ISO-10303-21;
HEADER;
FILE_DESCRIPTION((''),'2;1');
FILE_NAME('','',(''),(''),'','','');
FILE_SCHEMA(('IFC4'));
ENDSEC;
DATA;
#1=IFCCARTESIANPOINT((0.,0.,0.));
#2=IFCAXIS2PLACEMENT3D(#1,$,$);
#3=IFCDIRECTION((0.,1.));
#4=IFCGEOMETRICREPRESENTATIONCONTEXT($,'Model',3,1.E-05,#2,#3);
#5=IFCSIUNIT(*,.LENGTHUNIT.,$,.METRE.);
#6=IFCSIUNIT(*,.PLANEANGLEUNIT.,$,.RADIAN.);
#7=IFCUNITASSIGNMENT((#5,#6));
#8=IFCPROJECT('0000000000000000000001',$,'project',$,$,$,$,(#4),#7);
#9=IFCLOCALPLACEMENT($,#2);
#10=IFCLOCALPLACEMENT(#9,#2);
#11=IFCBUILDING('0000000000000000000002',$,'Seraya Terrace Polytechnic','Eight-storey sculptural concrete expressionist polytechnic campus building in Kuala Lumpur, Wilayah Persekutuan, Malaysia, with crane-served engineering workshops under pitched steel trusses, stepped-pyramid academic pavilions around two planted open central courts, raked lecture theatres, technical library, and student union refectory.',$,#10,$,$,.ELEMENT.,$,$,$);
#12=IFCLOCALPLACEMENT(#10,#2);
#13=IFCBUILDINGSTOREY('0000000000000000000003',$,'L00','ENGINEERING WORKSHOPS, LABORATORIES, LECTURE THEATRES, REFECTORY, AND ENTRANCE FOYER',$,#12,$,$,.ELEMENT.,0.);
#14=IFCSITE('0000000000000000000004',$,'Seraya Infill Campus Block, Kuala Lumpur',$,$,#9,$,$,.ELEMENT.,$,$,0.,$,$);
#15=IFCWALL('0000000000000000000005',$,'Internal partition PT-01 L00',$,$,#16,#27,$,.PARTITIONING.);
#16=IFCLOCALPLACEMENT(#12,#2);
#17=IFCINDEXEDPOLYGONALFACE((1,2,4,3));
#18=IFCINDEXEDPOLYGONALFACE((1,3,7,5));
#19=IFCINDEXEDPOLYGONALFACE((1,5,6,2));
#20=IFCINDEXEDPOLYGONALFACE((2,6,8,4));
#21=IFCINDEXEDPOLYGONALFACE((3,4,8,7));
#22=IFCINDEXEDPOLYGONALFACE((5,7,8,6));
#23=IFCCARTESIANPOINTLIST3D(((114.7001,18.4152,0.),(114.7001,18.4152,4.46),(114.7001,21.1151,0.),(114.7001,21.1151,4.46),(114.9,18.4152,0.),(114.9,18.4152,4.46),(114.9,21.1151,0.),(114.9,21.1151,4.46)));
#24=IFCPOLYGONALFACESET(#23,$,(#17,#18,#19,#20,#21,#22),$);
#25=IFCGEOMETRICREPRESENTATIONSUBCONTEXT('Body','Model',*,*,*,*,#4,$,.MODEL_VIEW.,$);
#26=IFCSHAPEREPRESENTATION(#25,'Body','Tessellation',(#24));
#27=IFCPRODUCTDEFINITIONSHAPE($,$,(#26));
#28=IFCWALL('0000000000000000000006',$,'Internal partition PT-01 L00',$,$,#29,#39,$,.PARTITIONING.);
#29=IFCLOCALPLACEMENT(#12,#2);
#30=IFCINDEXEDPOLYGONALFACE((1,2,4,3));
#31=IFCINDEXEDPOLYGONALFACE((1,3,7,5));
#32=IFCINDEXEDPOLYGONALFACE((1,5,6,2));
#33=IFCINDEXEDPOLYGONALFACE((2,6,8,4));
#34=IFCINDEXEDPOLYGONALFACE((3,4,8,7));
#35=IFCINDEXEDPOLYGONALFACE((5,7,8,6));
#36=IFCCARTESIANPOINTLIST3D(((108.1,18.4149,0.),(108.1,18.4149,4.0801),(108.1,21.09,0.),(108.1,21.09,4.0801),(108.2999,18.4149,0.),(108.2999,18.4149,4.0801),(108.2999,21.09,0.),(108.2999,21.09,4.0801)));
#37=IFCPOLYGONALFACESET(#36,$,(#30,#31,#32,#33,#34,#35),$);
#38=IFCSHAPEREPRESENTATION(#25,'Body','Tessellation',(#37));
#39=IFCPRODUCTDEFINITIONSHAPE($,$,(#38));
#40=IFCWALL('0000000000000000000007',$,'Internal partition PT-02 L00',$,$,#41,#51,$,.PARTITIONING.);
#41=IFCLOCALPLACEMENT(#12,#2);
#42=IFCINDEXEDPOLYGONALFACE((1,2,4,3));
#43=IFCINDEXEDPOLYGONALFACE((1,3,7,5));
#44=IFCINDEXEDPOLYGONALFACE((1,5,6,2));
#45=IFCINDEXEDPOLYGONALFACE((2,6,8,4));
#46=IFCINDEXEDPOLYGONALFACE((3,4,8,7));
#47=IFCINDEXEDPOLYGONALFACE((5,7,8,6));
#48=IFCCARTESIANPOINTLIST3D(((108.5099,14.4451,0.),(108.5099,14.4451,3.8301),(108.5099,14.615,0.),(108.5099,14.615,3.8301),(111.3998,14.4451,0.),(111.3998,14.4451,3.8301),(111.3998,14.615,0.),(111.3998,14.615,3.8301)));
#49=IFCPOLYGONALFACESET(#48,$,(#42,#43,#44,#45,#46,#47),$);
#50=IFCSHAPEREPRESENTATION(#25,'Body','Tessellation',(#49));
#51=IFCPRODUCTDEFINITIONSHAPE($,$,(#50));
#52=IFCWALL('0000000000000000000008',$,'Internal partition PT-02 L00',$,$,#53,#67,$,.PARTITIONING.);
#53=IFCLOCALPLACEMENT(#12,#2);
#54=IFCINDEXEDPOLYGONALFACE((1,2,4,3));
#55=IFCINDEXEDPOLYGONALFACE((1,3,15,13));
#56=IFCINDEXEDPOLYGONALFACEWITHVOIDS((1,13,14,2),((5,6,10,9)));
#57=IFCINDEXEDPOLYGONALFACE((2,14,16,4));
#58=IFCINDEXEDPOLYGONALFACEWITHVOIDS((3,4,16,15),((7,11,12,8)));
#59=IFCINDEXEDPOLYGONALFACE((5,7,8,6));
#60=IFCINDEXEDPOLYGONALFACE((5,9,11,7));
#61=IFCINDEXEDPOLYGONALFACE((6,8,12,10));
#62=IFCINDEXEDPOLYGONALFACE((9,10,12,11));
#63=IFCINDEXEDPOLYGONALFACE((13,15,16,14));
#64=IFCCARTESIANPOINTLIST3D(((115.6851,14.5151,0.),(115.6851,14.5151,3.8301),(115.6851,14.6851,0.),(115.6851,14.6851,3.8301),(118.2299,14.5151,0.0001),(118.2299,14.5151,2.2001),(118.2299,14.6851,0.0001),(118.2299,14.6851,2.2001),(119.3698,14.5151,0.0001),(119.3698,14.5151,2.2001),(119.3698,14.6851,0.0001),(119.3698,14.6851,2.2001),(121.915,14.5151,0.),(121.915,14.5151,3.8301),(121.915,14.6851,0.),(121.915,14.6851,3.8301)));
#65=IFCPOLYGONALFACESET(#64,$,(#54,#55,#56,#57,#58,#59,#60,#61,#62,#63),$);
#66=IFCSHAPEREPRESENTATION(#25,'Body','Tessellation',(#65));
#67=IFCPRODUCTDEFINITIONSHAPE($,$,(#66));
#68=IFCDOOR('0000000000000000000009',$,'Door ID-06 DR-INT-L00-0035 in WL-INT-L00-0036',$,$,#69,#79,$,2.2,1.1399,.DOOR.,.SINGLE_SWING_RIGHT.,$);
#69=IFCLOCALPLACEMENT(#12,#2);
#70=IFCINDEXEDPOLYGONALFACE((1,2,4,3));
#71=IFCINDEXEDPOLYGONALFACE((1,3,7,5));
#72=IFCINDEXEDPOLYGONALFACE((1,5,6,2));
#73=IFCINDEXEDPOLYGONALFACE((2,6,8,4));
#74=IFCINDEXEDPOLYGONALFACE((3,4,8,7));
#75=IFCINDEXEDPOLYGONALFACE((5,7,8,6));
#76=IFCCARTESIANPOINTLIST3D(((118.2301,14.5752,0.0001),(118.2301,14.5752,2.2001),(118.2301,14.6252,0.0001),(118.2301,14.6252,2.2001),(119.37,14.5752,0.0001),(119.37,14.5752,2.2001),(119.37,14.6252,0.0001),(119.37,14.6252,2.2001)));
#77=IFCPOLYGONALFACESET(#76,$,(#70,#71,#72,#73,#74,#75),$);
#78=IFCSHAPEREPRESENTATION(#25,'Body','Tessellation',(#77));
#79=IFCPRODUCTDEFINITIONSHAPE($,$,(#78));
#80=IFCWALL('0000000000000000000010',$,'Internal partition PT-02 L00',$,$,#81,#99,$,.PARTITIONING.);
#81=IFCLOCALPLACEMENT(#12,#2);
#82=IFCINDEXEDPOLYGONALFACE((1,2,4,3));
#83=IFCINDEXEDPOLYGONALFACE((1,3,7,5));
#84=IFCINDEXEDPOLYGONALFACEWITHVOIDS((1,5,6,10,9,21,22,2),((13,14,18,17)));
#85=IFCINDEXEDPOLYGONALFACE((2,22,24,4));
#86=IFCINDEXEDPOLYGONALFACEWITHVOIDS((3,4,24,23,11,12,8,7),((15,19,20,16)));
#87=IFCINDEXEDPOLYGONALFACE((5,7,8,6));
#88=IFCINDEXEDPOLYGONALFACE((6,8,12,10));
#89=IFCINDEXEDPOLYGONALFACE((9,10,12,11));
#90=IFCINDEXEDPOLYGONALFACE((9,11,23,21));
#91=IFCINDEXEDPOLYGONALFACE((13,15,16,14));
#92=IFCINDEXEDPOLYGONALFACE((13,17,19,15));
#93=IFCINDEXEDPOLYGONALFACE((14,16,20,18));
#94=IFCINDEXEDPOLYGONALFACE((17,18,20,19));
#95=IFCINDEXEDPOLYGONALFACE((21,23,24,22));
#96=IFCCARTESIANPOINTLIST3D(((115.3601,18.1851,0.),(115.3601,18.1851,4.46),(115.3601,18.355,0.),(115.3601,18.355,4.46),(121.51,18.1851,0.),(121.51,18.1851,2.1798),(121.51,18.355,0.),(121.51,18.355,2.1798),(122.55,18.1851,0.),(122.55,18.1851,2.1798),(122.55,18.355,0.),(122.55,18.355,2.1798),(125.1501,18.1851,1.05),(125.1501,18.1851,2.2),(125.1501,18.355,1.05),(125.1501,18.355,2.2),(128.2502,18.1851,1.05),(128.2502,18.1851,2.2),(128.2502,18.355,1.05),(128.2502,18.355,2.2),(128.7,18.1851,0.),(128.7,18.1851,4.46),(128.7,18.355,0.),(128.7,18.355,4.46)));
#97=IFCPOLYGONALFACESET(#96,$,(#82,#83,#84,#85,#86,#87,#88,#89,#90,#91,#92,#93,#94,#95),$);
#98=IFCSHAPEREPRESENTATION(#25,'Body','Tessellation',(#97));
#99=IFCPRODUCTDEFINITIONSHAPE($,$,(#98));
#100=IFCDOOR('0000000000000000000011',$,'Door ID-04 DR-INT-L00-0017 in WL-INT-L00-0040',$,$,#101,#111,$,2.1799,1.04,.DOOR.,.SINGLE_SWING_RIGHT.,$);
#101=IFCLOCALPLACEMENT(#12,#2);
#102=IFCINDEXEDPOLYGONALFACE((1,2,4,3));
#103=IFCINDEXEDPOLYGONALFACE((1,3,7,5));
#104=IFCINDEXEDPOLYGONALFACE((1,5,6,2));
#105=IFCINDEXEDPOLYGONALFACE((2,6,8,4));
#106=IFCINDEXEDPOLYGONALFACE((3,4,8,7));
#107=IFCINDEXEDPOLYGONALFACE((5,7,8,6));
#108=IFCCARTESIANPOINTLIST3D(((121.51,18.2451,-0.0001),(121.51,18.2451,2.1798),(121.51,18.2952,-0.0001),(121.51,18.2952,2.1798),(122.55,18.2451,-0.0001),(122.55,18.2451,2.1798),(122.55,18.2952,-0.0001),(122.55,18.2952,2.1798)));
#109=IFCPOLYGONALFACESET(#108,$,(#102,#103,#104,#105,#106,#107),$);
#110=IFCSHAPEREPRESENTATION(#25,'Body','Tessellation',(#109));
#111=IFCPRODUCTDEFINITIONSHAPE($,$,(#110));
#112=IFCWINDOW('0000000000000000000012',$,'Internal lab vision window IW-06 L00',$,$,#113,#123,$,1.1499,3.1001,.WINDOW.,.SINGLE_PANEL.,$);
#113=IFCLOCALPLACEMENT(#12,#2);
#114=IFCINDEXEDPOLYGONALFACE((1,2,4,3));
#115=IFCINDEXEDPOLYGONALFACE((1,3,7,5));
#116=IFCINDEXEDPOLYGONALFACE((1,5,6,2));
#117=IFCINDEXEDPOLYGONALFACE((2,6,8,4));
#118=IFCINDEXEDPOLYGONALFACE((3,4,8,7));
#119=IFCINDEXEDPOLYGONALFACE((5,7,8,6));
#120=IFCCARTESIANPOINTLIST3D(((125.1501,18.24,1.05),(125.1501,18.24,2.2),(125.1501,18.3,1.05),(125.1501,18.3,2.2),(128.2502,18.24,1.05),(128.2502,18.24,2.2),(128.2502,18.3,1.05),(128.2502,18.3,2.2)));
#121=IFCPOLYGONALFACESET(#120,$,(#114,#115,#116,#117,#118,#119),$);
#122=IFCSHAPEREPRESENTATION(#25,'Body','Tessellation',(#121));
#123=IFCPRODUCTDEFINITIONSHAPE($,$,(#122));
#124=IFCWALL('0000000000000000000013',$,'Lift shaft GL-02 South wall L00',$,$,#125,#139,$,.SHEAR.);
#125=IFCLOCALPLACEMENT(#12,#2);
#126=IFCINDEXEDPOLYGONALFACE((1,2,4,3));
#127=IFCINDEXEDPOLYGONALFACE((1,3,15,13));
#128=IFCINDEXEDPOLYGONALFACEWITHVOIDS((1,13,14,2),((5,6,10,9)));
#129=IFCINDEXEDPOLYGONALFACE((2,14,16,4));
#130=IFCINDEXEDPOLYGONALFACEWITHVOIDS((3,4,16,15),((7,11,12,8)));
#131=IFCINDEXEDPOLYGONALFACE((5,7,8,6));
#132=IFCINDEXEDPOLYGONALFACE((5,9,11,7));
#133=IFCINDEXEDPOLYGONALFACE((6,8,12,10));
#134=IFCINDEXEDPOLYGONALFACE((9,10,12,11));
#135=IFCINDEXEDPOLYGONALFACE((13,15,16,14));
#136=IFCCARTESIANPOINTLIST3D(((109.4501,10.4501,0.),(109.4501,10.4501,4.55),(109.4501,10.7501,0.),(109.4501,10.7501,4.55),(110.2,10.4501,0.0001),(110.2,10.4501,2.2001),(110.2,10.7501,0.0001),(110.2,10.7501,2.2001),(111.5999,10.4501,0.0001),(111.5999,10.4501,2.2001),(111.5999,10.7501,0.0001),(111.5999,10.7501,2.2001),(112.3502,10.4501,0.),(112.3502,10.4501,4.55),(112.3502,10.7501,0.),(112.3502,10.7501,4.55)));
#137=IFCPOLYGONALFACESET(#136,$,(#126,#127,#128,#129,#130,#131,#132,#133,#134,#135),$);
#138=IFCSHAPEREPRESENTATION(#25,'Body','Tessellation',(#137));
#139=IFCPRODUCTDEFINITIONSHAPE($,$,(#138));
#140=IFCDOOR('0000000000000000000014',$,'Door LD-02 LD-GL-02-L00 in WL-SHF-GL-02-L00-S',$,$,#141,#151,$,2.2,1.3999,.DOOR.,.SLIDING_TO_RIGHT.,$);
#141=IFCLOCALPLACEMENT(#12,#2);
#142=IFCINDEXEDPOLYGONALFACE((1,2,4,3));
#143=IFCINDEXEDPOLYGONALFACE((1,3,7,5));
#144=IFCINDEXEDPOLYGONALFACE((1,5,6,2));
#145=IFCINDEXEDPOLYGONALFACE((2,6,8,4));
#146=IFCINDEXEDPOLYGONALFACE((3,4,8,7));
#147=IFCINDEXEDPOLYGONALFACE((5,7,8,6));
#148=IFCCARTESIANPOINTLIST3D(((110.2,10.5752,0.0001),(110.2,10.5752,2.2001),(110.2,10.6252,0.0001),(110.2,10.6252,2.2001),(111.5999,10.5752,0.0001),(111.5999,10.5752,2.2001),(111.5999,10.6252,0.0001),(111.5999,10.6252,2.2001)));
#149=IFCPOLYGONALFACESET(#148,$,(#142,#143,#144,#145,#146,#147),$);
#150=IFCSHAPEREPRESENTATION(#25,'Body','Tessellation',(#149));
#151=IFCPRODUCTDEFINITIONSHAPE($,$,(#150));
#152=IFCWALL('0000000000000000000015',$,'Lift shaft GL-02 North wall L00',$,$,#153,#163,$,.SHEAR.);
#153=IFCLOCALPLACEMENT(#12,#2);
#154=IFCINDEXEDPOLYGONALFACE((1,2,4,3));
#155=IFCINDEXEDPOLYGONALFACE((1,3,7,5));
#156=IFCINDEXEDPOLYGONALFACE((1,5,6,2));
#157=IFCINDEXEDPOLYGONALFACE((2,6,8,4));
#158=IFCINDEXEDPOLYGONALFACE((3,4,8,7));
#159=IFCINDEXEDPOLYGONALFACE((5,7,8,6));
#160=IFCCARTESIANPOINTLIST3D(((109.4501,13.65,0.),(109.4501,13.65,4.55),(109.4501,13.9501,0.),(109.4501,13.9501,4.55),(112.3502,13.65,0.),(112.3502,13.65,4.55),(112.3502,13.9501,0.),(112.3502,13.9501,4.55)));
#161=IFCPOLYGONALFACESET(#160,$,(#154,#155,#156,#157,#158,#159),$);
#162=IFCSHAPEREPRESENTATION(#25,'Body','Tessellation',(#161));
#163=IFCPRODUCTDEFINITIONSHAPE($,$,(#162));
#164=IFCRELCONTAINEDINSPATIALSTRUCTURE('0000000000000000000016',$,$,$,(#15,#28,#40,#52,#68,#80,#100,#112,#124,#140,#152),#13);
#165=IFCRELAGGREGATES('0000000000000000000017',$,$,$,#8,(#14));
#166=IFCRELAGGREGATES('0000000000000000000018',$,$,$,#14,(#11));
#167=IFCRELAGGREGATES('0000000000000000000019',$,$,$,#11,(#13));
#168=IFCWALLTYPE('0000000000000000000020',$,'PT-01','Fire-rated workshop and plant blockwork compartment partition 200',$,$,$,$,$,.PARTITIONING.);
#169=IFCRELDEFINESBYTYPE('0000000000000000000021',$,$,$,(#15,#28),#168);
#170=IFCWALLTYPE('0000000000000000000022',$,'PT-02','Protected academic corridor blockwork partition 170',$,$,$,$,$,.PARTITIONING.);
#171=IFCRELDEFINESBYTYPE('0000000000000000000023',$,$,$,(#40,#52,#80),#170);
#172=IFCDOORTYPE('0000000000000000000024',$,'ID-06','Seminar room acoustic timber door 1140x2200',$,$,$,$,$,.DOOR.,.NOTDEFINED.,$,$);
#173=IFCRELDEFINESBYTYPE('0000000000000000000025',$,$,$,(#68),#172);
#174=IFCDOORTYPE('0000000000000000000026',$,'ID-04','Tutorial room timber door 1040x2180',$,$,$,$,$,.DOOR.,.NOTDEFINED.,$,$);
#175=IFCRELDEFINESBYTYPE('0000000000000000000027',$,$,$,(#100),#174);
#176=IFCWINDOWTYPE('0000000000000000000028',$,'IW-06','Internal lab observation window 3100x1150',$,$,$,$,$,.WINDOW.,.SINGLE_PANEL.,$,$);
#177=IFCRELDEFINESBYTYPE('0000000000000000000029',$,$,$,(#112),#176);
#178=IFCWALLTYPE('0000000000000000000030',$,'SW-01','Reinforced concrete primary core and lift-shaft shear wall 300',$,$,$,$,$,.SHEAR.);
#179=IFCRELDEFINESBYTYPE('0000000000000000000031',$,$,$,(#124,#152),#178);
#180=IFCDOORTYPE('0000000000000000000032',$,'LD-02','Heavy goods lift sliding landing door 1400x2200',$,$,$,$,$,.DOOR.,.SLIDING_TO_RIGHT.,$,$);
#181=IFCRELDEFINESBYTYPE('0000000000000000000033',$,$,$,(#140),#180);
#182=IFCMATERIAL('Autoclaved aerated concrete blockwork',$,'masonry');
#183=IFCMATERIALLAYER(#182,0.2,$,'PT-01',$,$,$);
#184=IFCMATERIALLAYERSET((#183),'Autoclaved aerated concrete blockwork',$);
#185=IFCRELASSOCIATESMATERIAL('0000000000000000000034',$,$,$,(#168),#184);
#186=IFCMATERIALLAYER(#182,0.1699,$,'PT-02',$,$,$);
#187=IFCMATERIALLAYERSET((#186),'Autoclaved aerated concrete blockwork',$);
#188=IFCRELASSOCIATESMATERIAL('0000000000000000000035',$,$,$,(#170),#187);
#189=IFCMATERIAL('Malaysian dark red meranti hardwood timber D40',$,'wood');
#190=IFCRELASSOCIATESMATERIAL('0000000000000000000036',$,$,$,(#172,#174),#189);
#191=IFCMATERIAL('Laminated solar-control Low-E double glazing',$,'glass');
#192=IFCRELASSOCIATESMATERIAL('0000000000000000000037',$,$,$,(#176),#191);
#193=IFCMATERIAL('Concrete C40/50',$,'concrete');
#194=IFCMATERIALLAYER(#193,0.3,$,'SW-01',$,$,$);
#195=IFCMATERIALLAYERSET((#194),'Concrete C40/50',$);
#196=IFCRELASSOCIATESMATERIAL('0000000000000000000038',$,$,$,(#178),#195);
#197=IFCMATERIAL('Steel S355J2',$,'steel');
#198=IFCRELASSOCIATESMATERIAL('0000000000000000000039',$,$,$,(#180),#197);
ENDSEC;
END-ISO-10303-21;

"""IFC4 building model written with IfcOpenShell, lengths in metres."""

from ifc_helpers import new_model, si_unit, direction, frame, frame_2d, origin, place, context, subcontext, project, spatial, rectangle, extrude, material, layer, layer_set, type_object, element, fill, save


model = new_model("IFC4")

# Units and contexts
model_context = context("Model", 3, precision=1e-05, world=origin(), true_north=direction((0.0, 1.0)))
body_context = subcontext(model_context, "Body", "Model", "MODEL_VIEW")
ifc_project = project(units=[si_unit("LENGTHUNIT", "METRE"), si_unit("PLANEANGLEUNIT", "RADIAN")], contexts=[model_context])

# Site, building, storey
site_placement = place(None, origin())
site = spatial("IfcSite", under=ifc_project, at=site_placement, Name="Seraya Infill Campus Block, Kuala Lumpur", CompositionType="ELEMENT", RefElevation=0.0)
building_placement = place(site_placement, origin())
building = spatial("IfcBuilding", under=site, at=building_placement, Name="Seraya Terrace Polytechnic", Description="Eight-storey sculptural concrete expressionist polytechnic campus building in Kuala Lumpur, Wilayah Persekutuan, Malaysia, with crane-served engineering workshops under pitched steel trusses, stepped-pyramid academic pavilions around two planted open central courts, raked lecture theatres, technical library, and student union refectory.", CompositionType="ELEMENT")
storey_placement = place(building_placement, origin())
storey = spatial("IfcBuildingStorey", under=building, at=storey_placement, Name="L00", Description="ENGINEERING WORKSHOPS, LABORATORIES, LECTURE THEATRES, REFECTORY, AND ENTRANCE FOYER", CompositionType="ELEMENT", Elevation=0.0)

# Shared definitions
ifc_material_1 = material(Name="Concrete C40/50", Category="concrete")

# Shared definitions
ifc_material_2 = material(Name="Autoclaved aerated concrete blockwork", Category="masonry")
ifc_layer_1 = layer(ifc_material_2, 0.2, Name="PT-01")
ifc_layer_set_1 = layer_set([ifc_layer_1], Name="Autoclaved aerated concrete blockwork")
wall_type_1 = type_object("IfcWallType", Name="PT-01", Description="Fire-rated workshop and plant blockwork compartment partition 200", PredefinedType="PARTITIONING", material=ifc_layer_set_1)
ifc_material_3 = material(Name="Steel S355J2", Category="steel")

# Walls
wall_1_placement = place(storey_placement, frame((114.8, 18.415, 0.0), z_axis=(0.0, 0.0, 1.0), x_axis=(0.0, 1.0, 0.0)))
element("IfcWall", 1, at=wall_1_placement, inside=storey, type_object=wall_type_1, Name="Internal partition PT-01 L00", PredefinedType="PARTITIONING", context=body_context, shape_type="SweptSolid", body=[
    extrude(rectangle(XDim=2.7, YDim=0.2, at=frame_2d((1.3501, 0.0))), origin(), (0.0, 0.0, 1.0), 4.46),
])
wall_2_placement = place(storey_placement, frame((108.2, 18.415, 0.0), z_axis=(0.0, 0.0, 1.0), x_axis=(0.0, 1.0, 0.0)))
element("IfcWall", 2, at=wall_2_placement, inside=storey, type_object=wall_type_1, Name="Internal partition PT-01 L00", PredefinedType="PARTITIONING", context=body_context, shape_type="SweptSolid", body=[
    extrude(rectangle(XDim=2.675, YDim=0.2, at=frame_2d((1.3374, 0.0))), origin(), (0.0, 0.0, 1.0), 4.0801),
])
ifc_layer_2 = layer(ifc_material_2, 0.1699, Name="PT-02")
ifc_layer_set_2 = layer_set([ifc_layer_2], Name="Autoclaved aerated concrete blockwork")
wall_type_2 = type_object("IfcWallType", Name="PT-02", Description="Protected academic corridor blockwork partition 170", PredefinedType="PARTITIONING", material=ifc_layer_set_2)
wall_3_placement = place(storey_placement, frame((108.51, 14.53, 0.0), z_axis=(0.0, 0.0, 1.0), x_axis=(1.0, 0.0, 0.0)))
element("IfcWall", 3, at=wall_3_placement, inside=storey, type_object=wall_type_2, Name="Internal partition PT-02 L00", PredefinedType="PARTITIONING", context=body_context, shape_type="SweptSolid", body=[
    extrude(rectangle(XDim=2.8899, YDim=0.1699, at=frame_2d((1.4448, 0.0))), origin(), (0.0, 0.0, 1.0), 3.8301),
])

# Wall, opening, door
wall_4_placement = place(storey_placement, frame((115.6851, 14.6001, 0.0), z_axis=(0.0, 0.0, 1.0), x_axis=(1.0, 0.0, 0.0)))
wall_4 = element("IfcWall", 4, at=wall_4_placement, inside=storey, type_object=wall_type_2, Name="Internal partition PT-02 L00", PredefinedType="PARTITIONING", context=body_context, shape_type="SweptSolid", body=[
    extrude(rectangle(XDim=6.23, YDim=0.1699, at=frame_2d((3.115, 0.0))), origin(), (0.0, 0.0, 1.0), 3.8301),
])
opening_1_placement = place(wall_4_placement, frame((2.5449, 0.0, 0.0)))
opening_1 = element("IfcOpeningElement", 5, at=opening_1_placement, cuts=wall_4, PredefinedType="OPENING", context=body_context, shape_type="SweptSolid", body=[
    extrude(rectangle(XDim=1.1399, YDim=2.2, at=frame_2d((0.5698, 1.1001))), frame((0.0, 0.0969, 0.0), z_axis=(0.0, -1.0, 0.0), x_axis=(1.0, 0.0, 0.0)), (0.0, 0.0, 1.0), 0.1938),
])
ifc_material_4 = material(Name="Malaysian dark red meranti hardwood timber D40", Category="wood")
door_type_1 = type_object("IfcDoorType", Name="ID-06", Description="Seminar room acoustic timber door 1140x2200", OperationType="NOTDEFINED", PredefinedType="DOOR", material=ifc_material_4)
door_1_placement = place(opening_1_placement, frame((1.1399, 0.0, 0.0), z_axis=(0.0, 0.0, 1.0), x_axis=(-1.0, 0.0, 0.0)))
door_1 = element("IfcDoor", 6, at=door_1_placement, inside=storey, type_object=door_type_1, Name="Door ID-06 DR-INT-L00-0035 in WL-INT-L00-0036", OperationType="SINGLE_SWING_RIGHT", OverallHeight=2.2, OverallWidth=1.1399, PredefinedType="DOOR", context=body_context, shape_type="SweptSolid", body=[
    extrude(rectangle(XDim=1.1399, YDim=2.2, at=frame_2d((0.5698, 1.1001))), frame((0.0, 0.0249, 0.0), z_axis=(0.0, -1.0, 0.0), x_axis=(1.0, 0.0, 0.0)), (0.0, 0.0, 1.0), 0.05),
])
fill(opening_1, door_1)

# Wall, openings, door, window
wall_5_placement = place(storey_placement, frame((115.3601, 18.27, 0.0), z_axis=(0.0, 0.0, 1.0), x_axis=(1.0, 0.0, 0.0)))
wall_5 = element("IfcWall", 7, at=wall_5_placement, inside=storey, type_object=wall_type_2, Name="Internal partition PT-02 L00", PredefinedType="PARTITIONING", context=body_context, shape_type="SweptSolid", body=[
    extrude(rectangle(XDim=13.3398, YDim=0.1699, at=frame_2d((6.6699, 0.0))), origin(), (0.0, 0.0, 1.0), 4.46),
])
opening_2_placement = place(wall_5_placement, frame((6.1499, 0.0, 0.0)))
opening_2 = element("IfcOpeningElement", 8, at=opening_2_placement, cuts=wall_5, PredefinedType="OPENING", context=body_context, shape_type="SweptSolid", body=[
    extrude(rectangle(XDim=1.04, YDim=2.1799, at=frame_2d((0.52, 1.0898))), frame((0.0, 0.0969, 0.0), z_axis=(0.0, -1.0, 0.0), x_axis=(1.0, 0.0, 0.0)), (0.0, 0.0, 1.0), 0.1938),
])
opening_3_placement = place(wall_5_placement, frame((9.79, 0.0, 1.05)))
opening_3 = element("IfcOpeningElement", 9, at=opening_3_placement, cuts=wall_5, PredefinedType="OPENING", context=body_context, shape_type="SweptSolid", body=[
    extrude(rectangle(XDim=3.1001, YDim=1.1499, at=frame_2d((1.55, 0.575))), frame((0.0, 0.0969, 0.0), z_axis=(0.0, -1.0, 0.0), x_axis=(1.0, 0.0, 0.0)), (0.0, 0.0, 1.0), 0.1938),
])
door_type_2 = type_object("IfcDoorType", Name="ID-04", Description="Tutorial room timber door 1040x2180", OperationType="NOTDEFINED", PredefinedType="DOOR", material=ifc_material_4)
door_2_placement = place(opening_2_placement, frame((1.04, 0.0, 0.0), z_axis=(0.0, 0.0, 1.0), x_axis=(-1.0, 0.0, 0.0)))
door_2 = element("IfcDoor", 10, at=door_2_placement, inside=storey, type_object=door_type_2, Name="Door ID-04 DR-INT-L00-0017 in WL-INT-L00-0040", OperationType="SINGLE_SWING_RIGHT", OverallHeight=2.1799, OverallWidth=1.04, PredefinedType="DOOR", context=body_context, shape_type="SweptSolid", body=[
    extrude(rectangle(XDim=1.04, YDim=2.1799, at=frame_2d((0.52, 1.0898))), frame((0.0, 0.0249, 0.0), z_axis=(0.0, -1.0, 0.0), x_axis=(1.0, 0.0, 0.0)), (0.0, 0.0, 1.0), 0.05),
])
fill(opening_2, door_2)
ifc_material_5 = material(Name="Laminated solar-control Low-E double glazing", Category="glass")
window_type = type_object("IfcWindowType", Name="IW-06", Description="Internal lab observation window 3100x1150", PartitioningType="SINGLE_PANEL", PredefinedType="WINDOW", material=ifc_material_5)
window_placement = place(opening_3_placement, origin())
window = element("IfcWindow", 11, at=window_placement, inside=storey, type_object=window_type, Name="Internal lab vision window IW-06 L00", OverallHeight=1.1499, OverallWidth=3.1001, PartitioningType="SINGLE_PANEL", PredefinedType="WINDOW", context=body_context, shape_type="SweptSolid", body=[
    extrude(rectangle(XDim=3.1001, YDim=1.1499, at=frame_2d((1.55, 0.575))), frame((0.0, 0.03, 0.0), z_axis=(0.0, -1.0, 0.0), x_axis=(1.0, 0.0, 0.0)), (0.0, 0.0, 1.0), 0.0601),
])
fill(opening_3, window)

# Wall, opening, door
ifc_layer_3 = layer(ifc_material_1, 0.3, Name="SW-01")
ifc_layer_set_3 = layer_set([ifc_layer_3], Name="Concrete C40/50")
wall_type_3 = type_object("IfcWallType", Name="SW-01", Description="Reinforced concrete primary core and lift-shaft shear wall 300", PredefinedType="SHEAR", material=ifc_layer_set_3)
wall_6_placement = place(storey_placement, frame((109.45, 10.6001, 0.0), z_axis=(0.0, 0.0, 1.0), x_axis=(1.0, 0.0, 0.0)))
wall_6 = element("IfcWall", 12, at=wall_6_placement, inside=storey, type_object=wall_type_3, Name="Lift shaft GL-02 South wall L00", PredefinedType="SHEAR", context=body_context, shape_type="SweptSolid", body=[
    extrude(rectangle(XDim=2.9001, YDim=0.3, at=frame_2d((1.4502, 0.0))), origin(), (0.0, 0.0, 1.0), 4.55),
])
opening_4_placement = place(wall_6_placement, frame((0.75, 0.0, 0.0)))
opening_4 = element("IfcOpeningElement", 13, at=opening_4_placement, cuts=wall_6, PredefinedType="OPENING", context=body_context, shape_type="SweptSolid", body=[
    extrude(rectangle(XDim=1.3999, YDim=2.2, at=frame_2d((0.7, 1.1001))), frame((0.0, 0.1621, 0.0), z_axis=(0.0, -1.0, 0.0), x_axis=(1.0, 0.0, 0.0)), (0.0, 0.0, 1.0), 0.324),
])
door_type_3 = type_object("IfcDoorType", Name="LD-02", Description="Heavy goods lift sliding landing door 1400x2200", OperationType="SLIDING_TO_RIGHT", PredefinedType="DOOR", material=ifc_material_3)
door_3_placement = place(opening_4_placement, frame((1.3999, 0.0, 0.0), z_axis=(0.0, 0.0, 1.0), x_axis=(-1.0, 0.0, 0.0)))
door_3 = element("IfcDoor", 14, at=door_3_placement, inside=storey, type_object=door_type_3, Name="Door LD-02 LD-GL-02-L00 in WL-SHF-GL-02-L00-S", OperationType="SLIDING_TO_RIGHT", OverallHeight=2.2, OverallWidth=1.3999, PredefinedType="DOOR", context=body_context, shape_type="SweptSolid", body=[
    extrude(rectangle(XDim=1.3999, YDim=2.2, at=frame_2d((0.7, 1.1001))), frame((0.0, 0.0249, 0.0), z_axis=(0.0, -1.0, 0.0), x_axis=(1.0, 0.0, 0.0)), (0.0, 0.0, 1.0), 0.05),
])
fill(opening_4, door_3)

# Wall
wall_7_placement = place(storey_placement, frame((109.45, 13.8, 0.0), z_axis=(0.0, 0.0, 1.0), x_axis=(1.0, 0.0, 0.0)))
element("IfcWall", 15, at=wall_7_placement, inside=storey, type_object=wall_type_3, Name="Lift shaft GL-02 North wall L00", PredefinedType="SHEAR", context=body_context, shape_type="SweptSolid", body=[
    extrude(rectangle(XDim=2.9001, YDim=0.3, at=frame_2d((1.4502, 0.0))), origin(), (0.0, 0.0, 1.0), 4.55),
])

save(model, "model.ifc")
